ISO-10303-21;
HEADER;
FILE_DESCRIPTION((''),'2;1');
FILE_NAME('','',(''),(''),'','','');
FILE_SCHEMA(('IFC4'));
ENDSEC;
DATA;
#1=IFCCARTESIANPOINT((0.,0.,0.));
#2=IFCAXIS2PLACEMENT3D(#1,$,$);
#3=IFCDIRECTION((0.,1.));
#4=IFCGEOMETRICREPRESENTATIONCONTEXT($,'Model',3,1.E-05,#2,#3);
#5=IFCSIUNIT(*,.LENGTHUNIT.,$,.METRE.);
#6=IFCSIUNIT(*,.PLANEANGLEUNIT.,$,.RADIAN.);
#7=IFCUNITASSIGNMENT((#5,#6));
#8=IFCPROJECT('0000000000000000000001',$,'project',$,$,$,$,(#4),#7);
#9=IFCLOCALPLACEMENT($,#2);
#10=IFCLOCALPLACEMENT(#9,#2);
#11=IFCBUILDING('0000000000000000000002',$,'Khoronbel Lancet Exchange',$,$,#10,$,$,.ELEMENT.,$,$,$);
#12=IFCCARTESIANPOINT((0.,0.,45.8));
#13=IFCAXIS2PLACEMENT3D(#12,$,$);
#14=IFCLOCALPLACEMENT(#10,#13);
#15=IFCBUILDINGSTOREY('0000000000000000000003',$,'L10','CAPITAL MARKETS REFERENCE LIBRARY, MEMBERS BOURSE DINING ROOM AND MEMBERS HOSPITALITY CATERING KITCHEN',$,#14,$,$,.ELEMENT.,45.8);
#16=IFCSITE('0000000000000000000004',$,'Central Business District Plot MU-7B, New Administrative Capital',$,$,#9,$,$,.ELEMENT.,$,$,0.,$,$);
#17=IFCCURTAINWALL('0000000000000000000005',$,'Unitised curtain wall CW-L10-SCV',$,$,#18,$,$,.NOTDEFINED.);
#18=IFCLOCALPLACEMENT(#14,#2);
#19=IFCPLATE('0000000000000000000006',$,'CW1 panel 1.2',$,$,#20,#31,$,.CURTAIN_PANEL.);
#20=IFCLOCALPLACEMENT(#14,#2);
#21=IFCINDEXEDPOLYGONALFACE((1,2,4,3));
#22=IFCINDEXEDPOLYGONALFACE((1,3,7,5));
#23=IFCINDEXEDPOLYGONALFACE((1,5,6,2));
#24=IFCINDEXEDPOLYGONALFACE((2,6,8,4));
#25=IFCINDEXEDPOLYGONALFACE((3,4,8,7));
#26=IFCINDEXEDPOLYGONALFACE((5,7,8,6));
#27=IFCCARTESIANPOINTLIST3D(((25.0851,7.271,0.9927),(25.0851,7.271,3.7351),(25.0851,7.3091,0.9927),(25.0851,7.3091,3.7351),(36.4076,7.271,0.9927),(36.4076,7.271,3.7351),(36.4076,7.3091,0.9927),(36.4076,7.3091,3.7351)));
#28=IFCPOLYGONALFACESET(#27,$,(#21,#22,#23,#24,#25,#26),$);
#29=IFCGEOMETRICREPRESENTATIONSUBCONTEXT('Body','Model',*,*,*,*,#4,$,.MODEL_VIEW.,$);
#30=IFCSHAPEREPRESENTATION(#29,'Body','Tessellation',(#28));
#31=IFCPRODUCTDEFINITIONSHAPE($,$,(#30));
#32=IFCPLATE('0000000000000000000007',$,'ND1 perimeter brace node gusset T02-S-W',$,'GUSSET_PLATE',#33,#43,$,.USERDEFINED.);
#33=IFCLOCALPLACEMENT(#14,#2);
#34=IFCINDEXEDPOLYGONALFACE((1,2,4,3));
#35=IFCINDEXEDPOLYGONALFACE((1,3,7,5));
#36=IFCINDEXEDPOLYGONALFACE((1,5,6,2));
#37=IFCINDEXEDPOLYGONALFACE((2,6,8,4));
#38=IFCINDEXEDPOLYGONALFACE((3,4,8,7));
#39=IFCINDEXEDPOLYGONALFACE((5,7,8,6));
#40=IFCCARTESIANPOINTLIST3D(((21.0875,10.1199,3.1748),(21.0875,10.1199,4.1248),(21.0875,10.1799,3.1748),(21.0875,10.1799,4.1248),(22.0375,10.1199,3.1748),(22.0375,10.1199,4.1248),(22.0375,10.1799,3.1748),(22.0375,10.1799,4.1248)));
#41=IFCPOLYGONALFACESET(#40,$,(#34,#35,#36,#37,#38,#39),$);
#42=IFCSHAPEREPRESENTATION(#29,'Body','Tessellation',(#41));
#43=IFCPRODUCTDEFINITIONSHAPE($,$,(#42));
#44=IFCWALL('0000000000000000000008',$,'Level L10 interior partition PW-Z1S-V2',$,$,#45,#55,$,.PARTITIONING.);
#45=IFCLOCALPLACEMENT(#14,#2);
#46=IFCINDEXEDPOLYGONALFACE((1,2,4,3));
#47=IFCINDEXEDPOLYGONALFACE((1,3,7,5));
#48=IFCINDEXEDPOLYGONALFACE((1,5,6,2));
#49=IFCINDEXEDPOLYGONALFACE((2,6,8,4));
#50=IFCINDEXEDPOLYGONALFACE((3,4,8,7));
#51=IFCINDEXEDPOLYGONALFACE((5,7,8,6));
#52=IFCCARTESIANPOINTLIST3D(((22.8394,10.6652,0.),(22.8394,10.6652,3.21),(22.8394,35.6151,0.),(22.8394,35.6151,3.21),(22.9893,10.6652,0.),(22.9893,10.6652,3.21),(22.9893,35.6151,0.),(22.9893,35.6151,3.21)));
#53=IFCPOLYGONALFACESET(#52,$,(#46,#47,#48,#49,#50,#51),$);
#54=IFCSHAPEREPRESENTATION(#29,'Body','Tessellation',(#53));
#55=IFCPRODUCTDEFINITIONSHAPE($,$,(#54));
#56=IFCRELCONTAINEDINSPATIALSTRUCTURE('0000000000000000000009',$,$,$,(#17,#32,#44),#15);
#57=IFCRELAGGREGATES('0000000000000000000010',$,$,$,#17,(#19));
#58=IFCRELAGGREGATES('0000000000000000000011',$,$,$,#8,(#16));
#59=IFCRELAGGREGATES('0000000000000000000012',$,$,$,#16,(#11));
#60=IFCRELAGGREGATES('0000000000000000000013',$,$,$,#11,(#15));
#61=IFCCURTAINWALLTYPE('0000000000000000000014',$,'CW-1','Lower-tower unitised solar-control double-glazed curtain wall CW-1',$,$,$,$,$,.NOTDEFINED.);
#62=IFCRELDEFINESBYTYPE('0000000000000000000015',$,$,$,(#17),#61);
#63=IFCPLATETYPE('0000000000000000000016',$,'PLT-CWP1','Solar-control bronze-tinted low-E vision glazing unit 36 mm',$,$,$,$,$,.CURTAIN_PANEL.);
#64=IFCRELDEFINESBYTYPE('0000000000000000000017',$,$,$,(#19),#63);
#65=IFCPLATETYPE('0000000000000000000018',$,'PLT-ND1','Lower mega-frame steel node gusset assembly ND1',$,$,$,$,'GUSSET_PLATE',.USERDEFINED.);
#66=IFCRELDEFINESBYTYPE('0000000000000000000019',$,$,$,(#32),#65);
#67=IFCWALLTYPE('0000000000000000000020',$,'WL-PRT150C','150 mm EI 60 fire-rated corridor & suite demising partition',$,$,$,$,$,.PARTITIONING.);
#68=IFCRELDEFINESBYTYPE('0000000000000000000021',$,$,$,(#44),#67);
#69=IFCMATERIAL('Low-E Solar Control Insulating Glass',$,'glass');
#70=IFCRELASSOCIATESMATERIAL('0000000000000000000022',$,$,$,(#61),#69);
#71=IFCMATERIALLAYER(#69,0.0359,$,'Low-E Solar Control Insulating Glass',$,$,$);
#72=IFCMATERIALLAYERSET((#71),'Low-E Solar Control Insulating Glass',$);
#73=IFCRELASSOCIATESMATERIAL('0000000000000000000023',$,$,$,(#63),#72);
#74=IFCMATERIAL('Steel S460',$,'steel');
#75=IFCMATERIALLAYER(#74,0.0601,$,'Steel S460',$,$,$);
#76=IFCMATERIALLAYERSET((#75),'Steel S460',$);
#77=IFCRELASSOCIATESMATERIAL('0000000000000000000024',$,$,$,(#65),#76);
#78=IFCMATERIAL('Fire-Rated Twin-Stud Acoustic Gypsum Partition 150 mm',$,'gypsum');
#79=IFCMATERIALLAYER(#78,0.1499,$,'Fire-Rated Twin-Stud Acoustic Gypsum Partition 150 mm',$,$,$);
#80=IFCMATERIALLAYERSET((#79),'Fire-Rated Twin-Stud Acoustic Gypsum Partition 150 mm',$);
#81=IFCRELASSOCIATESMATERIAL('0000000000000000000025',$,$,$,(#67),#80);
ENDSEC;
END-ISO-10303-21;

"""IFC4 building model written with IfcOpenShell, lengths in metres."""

from ifc_helpers import new_model, si_unit, direction, frame, frame_2d, origin, origin_2d, place, context, subcontext, project, spatial, rectangle, extrude, material, layer, layer_set, type_object, element, aggregate, save


model = new_model("IFC4")

# Units and contexts
model_context = context("Model", 3, precision=1e-05, world=origin(), true_north=direction((0.0, 1.0)))
body_context = subcontext(model_context, "Body", "Model", "MODEL_VIEW")
ifc_project = project(units=[si_unit("LENGTHUNIT", "METRE"), si_unit("PLANEANGLEUNIT", "RADIAN")], contexts=[model_context])

# Site, building, storey
site_placement = place(None, origin())
site = spatial("IfcSite", under=ifc_project, at=site_placement, Name="Central Business District Plot MU-7B, New Administrative Capital", CompositionType="ELEMENT", RefElevation=0.0)
building_placement = place(site_placement, origin())
building = spatial("IfcBuilding", under=site, at=building_placement, Name="Khoronbel Lancet Exchange", CompositionType="ELEMENT")
storey_placement = place(building_placement, frame((0.0, 0.0, 45.8)))
storey = spatial("IfcBuildingStorey", under=building, at=storey_placement, Name="L10", Description="CAPITAL MARKETS REFERENCE LIBRARY, MEMBERS BOURSE DINING ROOM AND MEMBERS HOSPITALITY CATERING KITCHEN", CompositionType="ELEMENT", Elevation=45.8)

# Shared definitions
ifc_material_1 = material(Name="Steel S460", Category="steel")

# Curtain wall
ifc_material_2 = material(Name="Low-E Solar Control Insulating Glass", Category="glass")
curtain_wall_type = type_object("IfcCurtainWallType", Name="CW-1", Description="Lower-tower unitised solar-control double-glazed curtain wall CW-1", PredefinedType="NOTDEFINED", material=ifc_material_2)
curtain_wall_1_placement = place(storey_placement, origin())
curtain_wall_1 = element("IfcCurtainWall", 1, at=curtain_wall_1_placement, inside=storey, type_object=curtain_wall_type, Name="Unitised curtain wall CW-L10-SCV", PredefinedType="NOTDEFINED")

# Plates
ifc_layer_1 = layer(ifc_material_2, 0.0359, Name="Low-E Solar Control Insulating Glass")
ifc_layer_set_1 = layer_set([ifc_layer_1], Name="Low-E Solar Control Insulating Glass")
plate_type_1 = type_object("IfcPlateType", Name="PLT-CWP1", Description="Solar-control bronze-tinted low-E vision glazing unit 36 mm", PredefinedType="CURTAIN_PANEL", material=ifc_layer_set_1)
plate_1_placement = place(storey_placement, frame((30.7463, 7.29, 0.9927), z_axis=(0.0, 0.0, 1.0), x_axis=(1.0, 0.0, 0.0)))
plate_1 = element("IfcPlate", 2, at=plate_1_placement, type_object=plate_type_1, Name="CW1 panel 1.2", PredefinedType="CURTAIN_PANEL", context=body_context, shape_type="SweptSolid", body=[
    extrude(rectangle(XDim=11.3225, YDim=0.0381, at=origin_2d()), origin(), (0.0, 0.0, 1.0), 2.7424),
])
aggregate(curtain_wall_1, [plate_1])
ifc_layer_2 = layer(ifc_material_1, 0.0601, Name="Steel S460")
ifc_layer_set_2 = layer_set([ifc_layer_2], Name="Steel S460")
plate_type_2 = type_object("IfcPlateType", Name="PLT-ND1", Description="Lower mega-frame steel node gusset assembly ND1", ElementType="GUSSET_PLATE", PredefinedType="USERDEFINED", material=ifc_layer_set_2)
plate_2_placement = place(storey_placement, frame((21.5625, 10.1499, 3.1748), z_axis=(0.0, 0.0, 1.0), x_axis=(1.0, 0.0, 0.0)))
element("IfcPlate", 3, at=plate_2_placement, inside=storey, type_object=plate_type_2, Name="ND1 perimeter brace node gusset T02-S-W", ObjectType="GUSSET_PLATE", PredefinedType="USERDEFINED", context=body_context, shape_type="SweptSolid", body=[
    extrude(rectangle(XDim=0.95, YDim=0.0601, at=origin_2d()), origin(), (0.0, 0.0, 1.0), 0.95),
])

# Wall
ifc_material_3 = material(Name="Fire-Rated Twin-Stud Acoustic Gypsum Partition 150 mm", Category="gypsum")
ifc_layer_3 = layer(ifc_material_3, 0.1499, Name="Fire-Rated Twin-Stud Acoustic Gypsum Partition 150 mm")
ifc_layer_set_3 = layer_set([ifc_layer_3], Name="Fire-Rated Twin-Stud Acoustic Gypsum Partition 150 mm")
wall_type = type_object("IfcWallType", Name="WL-PRT150C", Description="150 mm EI 60 fire-rated corridor & suite demising partition", PredefinedType="PARTITIONING", material=ifc_layer_set_3)
wall_placement = place(storey_placement, frame((22.9143, 10.665, 0.0), z_axis=(0.0, 0.0, 1.0), x_axis=(0.0, 1.0, 0.0)))
element("IfcWall", 4, at=wall_placement, inside=storey, type_object=wall_type, Name="Level L10 interior partition PW-Z1S-V2", PredefinedType="PARTITIONING", context=body_context, shape_type="SweptSolid", body=[
    extrude(rectangle(XDim=24.95, YDim=0.1499, at=frame_2d((12.4751, 0.0))), origin(), (0.0, 0.0, 1.0), 3.21),
])

save(model, "model.ifc")
